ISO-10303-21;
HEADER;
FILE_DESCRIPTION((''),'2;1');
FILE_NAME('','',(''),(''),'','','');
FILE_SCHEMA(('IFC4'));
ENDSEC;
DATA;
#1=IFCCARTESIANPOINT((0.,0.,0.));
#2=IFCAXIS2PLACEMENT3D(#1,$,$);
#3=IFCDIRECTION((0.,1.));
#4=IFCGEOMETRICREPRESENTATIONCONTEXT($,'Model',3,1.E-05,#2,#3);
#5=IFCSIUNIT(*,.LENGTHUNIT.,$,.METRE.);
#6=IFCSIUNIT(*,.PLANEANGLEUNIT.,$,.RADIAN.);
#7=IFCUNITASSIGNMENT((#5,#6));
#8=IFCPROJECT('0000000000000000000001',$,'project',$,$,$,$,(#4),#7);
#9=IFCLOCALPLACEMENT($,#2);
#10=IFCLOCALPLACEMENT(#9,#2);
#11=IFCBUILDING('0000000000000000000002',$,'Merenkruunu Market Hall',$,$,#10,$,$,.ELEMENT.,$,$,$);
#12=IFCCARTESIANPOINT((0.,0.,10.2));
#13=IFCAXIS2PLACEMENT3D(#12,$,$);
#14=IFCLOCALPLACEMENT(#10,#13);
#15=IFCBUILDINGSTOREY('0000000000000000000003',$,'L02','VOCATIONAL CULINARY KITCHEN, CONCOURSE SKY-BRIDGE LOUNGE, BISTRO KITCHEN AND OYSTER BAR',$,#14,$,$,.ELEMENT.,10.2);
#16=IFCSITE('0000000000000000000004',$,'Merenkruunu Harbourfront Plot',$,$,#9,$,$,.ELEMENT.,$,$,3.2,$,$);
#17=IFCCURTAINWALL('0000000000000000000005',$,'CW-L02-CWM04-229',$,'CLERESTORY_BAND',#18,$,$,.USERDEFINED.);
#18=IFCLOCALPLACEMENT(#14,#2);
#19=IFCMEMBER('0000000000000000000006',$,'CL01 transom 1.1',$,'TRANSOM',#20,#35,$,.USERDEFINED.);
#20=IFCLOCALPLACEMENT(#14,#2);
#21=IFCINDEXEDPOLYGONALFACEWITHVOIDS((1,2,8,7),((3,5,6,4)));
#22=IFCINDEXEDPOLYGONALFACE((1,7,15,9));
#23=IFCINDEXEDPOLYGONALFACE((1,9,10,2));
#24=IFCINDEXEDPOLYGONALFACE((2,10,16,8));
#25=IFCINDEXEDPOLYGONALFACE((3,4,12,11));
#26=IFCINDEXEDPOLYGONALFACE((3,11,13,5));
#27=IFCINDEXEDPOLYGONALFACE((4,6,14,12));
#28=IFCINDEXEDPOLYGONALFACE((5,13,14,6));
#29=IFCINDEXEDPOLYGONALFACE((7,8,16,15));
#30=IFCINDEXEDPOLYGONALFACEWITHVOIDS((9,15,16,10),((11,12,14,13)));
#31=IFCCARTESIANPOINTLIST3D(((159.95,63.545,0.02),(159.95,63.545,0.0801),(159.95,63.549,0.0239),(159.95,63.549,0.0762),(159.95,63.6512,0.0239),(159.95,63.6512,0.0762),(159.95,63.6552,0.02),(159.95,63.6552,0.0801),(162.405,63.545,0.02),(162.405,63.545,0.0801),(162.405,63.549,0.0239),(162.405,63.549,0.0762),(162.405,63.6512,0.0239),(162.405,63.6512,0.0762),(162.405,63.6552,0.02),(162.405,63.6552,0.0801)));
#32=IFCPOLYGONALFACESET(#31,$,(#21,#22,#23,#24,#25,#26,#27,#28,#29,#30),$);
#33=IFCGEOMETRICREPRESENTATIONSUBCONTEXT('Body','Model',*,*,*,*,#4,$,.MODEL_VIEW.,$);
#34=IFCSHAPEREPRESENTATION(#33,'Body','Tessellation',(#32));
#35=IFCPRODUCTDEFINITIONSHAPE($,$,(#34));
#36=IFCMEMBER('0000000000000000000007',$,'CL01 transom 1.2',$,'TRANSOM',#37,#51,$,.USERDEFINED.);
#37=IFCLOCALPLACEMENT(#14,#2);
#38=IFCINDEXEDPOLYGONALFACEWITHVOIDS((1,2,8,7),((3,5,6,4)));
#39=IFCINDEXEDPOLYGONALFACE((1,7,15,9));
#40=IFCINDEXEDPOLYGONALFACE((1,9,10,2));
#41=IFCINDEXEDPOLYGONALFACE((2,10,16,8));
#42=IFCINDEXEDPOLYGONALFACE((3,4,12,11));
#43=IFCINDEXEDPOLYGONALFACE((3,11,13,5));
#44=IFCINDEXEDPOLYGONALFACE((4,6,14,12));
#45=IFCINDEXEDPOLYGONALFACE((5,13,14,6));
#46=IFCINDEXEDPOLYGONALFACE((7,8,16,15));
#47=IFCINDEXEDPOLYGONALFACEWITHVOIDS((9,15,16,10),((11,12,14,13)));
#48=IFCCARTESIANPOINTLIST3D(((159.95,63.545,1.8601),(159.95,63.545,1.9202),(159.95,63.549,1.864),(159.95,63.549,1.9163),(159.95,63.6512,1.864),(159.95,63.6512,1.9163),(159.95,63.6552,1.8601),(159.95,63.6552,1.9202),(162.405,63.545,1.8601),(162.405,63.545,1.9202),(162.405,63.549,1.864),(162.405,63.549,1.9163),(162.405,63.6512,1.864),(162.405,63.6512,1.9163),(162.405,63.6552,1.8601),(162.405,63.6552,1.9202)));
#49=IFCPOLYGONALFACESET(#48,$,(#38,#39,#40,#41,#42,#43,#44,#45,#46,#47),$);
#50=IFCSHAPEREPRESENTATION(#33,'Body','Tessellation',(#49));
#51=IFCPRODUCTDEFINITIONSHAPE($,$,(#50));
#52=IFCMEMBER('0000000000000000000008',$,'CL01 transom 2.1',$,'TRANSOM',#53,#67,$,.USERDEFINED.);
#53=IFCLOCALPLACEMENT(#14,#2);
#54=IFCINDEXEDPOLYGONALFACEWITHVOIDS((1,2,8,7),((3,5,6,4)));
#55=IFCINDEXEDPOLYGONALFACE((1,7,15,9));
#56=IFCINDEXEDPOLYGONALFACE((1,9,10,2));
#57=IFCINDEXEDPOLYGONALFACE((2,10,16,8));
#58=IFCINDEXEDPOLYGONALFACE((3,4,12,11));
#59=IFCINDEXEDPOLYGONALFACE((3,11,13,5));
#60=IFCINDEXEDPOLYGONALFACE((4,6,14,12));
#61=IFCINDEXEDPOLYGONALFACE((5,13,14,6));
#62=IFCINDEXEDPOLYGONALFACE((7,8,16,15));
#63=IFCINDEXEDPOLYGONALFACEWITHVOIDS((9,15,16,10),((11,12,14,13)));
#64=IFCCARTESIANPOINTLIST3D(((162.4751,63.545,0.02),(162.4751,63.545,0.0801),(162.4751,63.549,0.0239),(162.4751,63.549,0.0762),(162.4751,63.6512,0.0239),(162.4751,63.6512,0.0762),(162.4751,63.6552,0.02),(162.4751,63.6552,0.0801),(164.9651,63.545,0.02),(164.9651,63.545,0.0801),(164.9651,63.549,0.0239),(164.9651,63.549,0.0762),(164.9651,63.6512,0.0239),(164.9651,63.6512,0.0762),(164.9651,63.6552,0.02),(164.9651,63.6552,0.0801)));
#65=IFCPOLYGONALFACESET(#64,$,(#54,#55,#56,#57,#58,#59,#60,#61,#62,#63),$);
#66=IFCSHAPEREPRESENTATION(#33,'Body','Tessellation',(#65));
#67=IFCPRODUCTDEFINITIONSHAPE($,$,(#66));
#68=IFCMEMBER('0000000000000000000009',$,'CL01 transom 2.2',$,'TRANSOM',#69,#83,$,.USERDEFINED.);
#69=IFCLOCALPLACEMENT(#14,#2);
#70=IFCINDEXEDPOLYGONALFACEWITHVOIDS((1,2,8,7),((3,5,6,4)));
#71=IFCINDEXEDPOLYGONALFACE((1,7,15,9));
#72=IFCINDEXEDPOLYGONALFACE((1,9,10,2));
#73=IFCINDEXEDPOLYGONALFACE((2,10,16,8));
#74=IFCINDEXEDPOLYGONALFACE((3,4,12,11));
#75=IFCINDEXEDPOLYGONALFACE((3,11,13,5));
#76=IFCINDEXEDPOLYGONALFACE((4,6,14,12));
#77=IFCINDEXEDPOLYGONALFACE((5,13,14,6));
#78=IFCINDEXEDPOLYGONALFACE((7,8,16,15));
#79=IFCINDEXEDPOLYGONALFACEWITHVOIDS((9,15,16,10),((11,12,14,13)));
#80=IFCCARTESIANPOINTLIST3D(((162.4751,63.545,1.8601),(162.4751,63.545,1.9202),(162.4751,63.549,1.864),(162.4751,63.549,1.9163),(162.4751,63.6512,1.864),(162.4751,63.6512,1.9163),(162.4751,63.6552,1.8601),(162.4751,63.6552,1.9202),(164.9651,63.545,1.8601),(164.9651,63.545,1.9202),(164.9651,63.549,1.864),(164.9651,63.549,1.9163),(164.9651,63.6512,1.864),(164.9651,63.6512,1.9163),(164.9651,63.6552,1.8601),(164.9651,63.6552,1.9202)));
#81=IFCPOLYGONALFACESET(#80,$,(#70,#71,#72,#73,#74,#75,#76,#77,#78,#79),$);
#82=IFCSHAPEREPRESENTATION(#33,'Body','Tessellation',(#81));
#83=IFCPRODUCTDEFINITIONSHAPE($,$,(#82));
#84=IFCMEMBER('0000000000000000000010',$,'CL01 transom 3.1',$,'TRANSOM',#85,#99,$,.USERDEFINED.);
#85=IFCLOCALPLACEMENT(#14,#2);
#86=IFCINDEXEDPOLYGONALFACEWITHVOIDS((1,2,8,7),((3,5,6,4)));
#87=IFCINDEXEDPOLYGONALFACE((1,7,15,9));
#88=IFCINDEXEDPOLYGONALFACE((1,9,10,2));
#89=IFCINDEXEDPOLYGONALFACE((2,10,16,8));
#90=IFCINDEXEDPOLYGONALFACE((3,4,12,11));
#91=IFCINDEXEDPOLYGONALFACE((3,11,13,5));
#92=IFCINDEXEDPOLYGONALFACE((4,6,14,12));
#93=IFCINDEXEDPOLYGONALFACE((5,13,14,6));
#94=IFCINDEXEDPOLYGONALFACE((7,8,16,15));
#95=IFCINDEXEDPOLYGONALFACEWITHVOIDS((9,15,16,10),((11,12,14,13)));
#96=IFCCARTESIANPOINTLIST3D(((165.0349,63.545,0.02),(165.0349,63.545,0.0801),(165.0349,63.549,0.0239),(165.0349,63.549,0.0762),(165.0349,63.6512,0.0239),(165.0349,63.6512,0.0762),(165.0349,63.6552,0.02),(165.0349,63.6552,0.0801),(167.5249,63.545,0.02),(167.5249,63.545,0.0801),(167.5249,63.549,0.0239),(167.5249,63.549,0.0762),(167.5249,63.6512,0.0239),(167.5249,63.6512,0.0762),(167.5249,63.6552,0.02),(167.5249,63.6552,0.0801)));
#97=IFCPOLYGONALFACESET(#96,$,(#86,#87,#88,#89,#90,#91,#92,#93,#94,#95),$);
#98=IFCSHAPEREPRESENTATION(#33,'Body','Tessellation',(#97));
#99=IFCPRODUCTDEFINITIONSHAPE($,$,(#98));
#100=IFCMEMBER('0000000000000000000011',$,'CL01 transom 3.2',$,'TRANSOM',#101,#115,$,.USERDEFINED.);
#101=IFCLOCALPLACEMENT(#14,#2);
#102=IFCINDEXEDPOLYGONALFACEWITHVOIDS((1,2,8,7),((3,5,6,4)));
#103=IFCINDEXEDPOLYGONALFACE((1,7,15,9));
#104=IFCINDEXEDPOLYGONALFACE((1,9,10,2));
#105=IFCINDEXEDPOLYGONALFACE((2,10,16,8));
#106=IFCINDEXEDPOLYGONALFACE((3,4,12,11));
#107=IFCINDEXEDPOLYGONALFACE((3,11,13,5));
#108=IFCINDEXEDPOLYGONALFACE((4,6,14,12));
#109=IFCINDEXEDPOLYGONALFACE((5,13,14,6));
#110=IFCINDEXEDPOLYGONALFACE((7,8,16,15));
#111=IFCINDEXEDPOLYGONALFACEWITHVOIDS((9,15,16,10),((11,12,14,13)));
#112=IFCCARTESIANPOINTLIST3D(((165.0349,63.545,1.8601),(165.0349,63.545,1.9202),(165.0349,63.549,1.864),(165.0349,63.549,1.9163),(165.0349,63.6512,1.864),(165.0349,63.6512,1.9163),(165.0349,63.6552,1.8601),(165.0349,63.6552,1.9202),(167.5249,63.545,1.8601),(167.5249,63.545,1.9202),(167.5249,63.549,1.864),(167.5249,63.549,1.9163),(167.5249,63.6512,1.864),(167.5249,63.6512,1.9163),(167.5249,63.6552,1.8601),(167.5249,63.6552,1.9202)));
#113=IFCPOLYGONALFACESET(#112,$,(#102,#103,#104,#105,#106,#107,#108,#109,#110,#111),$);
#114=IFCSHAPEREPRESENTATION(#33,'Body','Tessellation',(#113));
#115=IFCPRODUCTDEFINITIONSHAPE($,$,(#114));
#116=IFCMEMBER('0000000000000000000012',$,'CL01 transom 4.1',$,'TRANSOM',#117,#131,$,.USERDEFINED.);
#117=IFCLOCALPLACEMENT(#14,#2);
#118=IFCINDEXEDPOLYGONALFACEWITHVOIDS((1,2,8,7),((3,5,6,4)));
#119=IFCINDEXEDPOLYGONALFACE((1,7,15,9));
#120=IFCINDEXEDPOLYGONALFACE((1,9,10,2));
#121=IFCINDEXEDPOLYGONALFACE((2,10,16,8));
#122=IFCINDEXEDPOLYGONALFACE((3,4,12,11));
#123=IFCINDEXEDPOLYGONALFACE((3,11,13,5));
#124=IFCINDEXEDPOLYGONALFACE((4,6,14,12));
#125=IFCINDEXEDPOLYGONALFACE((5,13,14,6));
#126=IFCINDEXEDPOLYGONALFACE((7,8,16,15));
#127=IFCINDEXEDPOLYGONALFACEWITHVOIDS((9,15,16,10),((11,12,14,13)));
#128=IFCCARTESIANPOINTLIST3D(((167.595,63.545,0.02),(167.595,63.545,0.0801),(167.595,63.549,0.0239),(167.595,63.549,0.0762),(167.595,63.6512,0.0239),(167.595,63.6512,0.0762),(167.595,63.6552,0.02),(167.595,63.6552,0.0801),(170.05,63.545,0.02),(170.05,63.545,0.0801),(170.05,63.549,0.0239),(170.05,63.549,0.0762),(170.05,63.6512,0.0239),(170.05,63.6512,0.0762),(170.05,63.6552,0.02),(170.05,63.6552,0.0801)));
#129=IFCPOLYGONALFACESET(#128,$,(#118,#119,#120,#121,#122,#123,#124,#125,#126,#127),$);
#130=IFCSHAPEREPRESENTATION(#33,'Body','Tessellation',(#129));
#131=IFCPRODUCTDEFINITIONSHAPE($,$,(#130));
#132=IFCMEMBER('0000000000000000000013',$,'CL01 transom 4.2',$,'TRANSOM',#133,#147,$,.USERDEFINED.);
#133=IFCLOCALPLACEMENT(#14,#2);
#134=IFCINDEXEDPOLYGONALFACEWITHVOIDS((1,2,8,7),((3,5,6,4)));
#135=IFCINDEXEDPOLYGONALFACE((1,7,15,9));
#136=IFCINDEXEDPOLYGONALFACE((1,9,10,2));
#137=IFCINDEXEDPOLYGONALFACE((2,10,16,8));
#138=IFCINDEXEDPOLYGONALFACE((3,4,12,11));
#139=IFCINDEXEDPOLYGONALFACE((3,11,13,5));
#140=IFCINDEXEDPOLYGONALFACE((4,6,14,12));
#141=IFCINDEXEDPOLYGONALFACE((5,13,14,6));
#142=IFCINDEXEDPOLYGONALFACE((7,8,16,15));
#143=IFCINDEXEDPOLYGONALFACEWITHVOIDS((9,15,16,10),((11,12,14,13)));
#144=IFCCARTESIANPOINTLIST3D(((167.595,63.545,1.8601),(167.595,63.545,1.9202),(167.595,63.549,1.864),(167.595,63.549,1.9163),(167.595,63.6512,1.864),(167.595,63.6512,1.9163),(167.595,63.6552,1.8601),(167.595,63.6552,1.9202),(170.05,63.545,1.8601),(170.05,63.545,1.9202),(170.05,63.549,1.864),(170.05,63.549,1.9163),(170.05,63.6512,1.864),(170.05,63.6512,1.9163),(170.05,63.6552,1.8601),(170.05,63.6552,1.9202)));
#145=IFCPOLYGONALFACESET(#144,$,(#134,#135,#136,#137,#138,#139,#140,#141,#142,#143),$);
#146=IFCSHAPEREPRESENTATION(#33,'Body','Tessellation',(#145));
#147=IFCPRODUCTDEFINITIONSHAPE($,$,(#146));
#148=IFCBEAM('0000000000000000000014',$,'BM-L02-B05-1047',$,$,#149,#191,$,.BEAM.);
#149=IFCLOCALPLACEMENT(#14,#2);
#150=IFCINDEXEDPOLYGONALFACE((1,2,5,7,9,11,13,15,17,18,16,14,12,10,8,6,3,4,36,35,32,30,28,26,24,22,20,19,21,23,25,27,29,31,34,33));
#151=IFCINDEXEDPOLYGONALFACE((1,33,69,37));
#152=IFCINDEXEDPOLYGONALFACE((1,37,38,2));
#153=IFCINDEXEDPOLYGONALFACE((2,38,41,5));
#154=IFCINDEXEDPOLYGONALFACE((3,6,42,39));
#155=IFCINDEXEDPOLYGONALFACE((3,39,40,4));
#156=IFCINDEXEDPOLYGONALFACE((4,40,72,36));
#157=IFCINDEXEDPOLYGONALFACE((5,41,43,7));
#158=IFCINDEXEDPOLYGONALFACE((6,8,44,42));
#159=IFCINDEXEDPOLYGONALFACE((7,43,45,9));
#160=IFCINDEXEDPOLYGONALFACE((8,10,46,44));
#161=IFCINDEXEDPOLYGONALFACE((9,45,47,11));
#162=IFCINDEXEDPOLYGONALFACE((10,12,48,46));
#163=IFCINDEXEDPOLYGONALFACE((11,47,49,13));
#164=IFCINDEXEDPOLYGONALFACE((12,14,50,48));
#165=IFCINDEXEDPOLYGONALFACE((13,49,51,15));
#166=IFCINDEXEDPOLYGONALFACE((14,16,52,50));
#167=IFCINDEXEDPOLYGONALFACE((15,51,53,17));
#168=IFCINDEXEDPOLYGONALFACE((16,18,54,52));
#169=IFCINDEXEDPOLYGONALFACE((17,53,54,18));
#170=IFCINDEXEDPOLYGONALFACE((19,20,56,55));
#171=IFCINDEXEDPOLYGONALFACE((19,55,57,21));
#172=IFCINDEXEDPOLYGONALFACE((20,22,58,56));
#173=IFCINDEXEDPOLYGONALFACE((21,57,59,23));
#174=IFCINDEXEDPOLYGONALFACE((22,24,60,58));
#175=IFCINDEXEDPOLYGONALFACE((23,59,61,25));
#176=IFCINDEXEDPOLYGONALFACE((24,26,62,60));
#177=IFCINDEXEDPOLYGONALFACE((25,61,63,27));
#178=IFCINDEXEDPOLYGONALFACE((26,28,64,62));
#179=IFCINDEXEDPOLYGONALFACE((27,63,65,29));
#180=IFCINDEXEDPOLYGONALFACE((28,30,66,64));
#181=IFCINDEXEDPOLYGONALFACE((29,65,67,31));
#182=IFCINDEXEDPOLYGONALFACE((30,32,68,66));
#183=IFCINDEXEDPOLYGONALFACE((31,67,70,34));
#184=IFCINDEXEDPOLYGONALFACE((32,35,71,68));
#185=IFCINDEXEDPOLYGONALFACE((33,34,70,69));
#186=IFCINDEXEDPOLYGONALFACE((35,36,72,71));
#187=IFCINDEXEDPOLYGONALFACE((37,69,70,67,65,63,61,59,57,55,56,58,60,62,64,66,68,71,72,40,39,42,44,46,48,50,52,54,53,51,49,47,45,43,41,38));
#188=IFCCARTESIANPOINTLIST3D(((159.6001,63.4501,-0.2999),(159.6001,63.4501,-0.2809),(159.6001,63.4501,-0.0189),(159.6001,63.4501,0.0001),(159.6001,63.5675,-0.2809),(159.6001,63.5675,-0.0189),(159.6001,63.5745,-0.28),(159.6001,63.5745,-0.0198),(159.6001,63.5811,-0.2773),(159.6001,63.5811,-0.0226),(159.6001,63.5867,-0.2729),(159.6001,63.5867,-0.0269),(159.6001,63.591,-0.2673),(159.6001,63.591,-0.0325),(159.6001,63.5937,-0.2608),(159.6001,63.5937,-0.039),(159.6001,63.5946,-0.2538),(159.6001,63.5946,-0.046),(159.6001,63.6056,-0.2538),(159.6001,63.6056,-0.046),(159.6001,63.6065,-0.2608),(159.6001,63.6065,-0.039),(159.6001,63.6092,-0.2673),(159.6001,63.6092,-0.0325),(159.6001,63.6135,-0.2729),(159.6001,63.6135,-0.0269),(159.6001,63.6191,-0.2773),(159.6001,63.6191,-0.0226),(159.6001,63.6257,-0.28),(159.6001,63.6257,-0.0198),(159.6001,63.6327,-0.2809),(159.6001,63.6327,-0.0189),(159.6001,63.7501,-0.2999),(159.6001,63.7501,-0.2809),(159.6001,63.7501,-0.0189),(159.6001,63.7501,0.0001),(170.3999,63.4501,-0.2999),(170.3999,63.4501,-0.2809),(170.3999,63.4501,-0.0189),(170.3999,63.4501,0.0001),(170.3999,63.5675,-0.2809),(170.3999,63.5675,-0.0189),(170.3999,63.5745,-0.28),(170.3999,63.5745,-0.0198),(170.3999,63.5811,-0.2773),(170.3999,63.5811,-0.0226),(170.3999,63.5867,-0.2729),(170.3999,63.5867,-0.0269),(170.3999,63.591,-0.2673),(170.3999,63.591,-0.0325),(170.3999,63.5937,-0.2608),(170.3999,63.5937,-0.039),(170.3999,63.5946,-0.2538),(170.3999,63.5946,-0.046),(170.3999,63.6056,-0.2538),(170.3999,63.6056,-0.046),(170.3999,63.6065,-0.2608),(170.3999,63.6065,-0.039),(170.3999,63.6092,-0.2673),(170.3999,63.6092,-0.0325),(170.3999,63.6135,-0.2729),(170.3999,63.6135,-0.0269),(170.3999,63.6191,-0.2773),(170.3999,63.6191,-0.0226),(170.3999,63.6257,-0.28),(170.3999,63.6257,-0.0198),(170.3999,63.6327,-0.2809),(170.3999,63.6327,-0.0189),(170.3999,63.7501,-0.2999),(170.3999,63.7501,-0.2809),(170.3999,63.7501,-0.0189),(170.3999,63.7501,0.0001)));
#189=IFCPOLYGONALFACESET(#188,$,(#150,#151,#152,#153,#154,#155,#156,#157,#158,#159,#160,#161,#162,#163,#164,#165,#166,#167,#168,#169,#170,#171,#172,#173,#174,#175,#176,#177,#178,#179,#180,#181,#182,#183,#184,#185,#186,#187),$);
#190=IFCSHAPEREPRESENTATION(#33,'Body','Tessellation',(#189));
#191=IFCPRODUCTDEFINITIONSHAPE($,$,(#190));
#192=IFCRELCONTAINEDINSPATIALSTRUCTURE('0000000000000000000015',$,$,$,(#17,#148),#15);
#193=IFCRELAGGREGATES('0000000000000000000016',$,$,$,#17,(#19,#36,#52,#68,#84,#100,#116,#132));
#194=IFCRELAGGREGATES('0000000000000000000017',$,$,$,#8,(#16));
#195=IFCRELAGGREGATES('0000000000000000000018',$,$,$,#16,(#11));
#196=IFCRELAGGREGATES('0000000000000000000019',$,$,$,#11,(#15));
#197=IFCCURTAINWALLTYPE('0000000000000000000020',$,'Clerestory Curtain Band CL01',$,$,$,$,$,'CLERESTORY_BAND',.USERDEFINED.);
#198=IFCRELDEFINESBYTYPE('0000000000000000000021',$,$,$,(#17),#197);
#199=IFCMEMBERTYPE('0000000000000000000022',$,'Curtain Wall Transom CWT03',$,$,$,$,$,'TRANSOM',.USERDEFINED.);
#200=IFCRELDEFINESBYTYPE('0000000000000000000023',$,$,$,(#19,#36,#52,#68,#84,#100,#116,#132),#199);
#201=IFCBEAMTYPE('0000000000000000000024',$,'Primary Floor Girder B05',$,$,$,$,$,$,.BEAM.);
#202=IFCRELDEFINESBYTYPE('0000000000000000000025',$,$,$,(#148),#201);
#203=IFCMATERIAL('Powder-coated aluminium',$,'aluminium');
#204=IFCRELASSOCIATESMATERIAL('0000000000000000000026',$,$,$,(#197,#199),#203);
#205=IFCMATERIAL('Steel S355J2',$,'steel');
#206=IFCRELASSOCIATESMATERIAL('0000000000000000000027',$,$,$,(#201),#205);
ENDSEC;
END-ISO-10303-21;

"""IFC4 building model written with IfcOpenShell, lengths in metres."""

from ifc_helpers import new_model, si_unit, direction, frame, origin, origin_2d, place, context, subcontext, project, spatial, hollow_rectangle, i_section, extrude, material, material_profile, profile_set, type_object, element, aggregate, save


model = new_model("IFC4")

# Units and contexts
model_context = context("Model", 3, precision=1e-05, world=origin(), true_north=direction((0.0, 1.0)))
body_context = subcontext(model_context, "Body", "Model", "MODEL_VIEW")
ifc_project = project(units=[si_unit("LENGTHUNIT", "METRE"), si_unit("PLANEANGLEUNIT", "RADIAN")], contexts=[model_context])

# Site, building, storey
site_placement = place(None, origin())
site = spatial("IfcSite", under=ifc_project, at=site_placement, Name="Merenkruunu Harbourfront Plot", CompositionType="ELEMENT", RefElevation=3.2)
building_placement = place(site_placement, origin())
building = spatial("IfcBuilding", under=site, at=building_placement, Name="Merenkruunu Market Hall", CompositionType="ELEMENT")
storey_placement = place(building_placement, frame((0.0, 0.0, 10.2)))
storey = spatial("IfcBuildingStorey", under=building, at=storey_placement, Name="L02", Description="VOCATIONAL CULINARY KITCHEN, CONCOURSE SKY-BRIDGE LOUNGE, BISTRO KITCHEN AND OYSTER BAR", CompositionType="ELEMENT", Elevation=10.2)

# Shared definitions
ifc_material_1 = material(Name="Steel S355J2", Category="steel")

# Shared definitions
ifc_material_2 = material(Name="Powder-coated aluminium", Category="aluminium")
curtain_wall_type = type_object("IfcCurtainWallType", Name="Clerestory Curtain Band CL01", ElementType="CLERESTORY_BAND", PredefinedType="USERDEFINED", material=ifc_material_2)

# Curtain wall, members
curtain_wall_1_placement = place(storey_placement, origin())
curtain_wall_1 = element("IfcCurtainWall", 1, at=curtain_wall_1_placement, inside=storey, type_object=curtain_wall_type, Name="CW-L02-CWM04-229", ObjectType="CLERESTORY_BAND", PredefinedType="USERDEFINED")
ifc_material_profile_1 = material_profile(ifc_material_2, hollow_rectangle(XDim=0.0601, YDim=0.1101, WallThickness=0.0039, at=origin_2d()), Name="ALU 60x110x4")
ifc_profile_set_1 = profile_set([ifc_material_profile_1], Name="Powder-coated aluminium")
member_type_1 = type_object("IfcMemberType", Name="Curtain Wall Transom CWT03", ElementType="TRANSOM", PredefinedType="USERDEFINED", material=ifc_profile_set_1)
member_1_placement = place(storey_placement, frame((159.95, 63.6001, 0.05), z_axis=(1.0, 0.0, 0.0), x_axis=(0.0, 0.0, 1.0)))
member_1 = element("IfcMember", 2, at=member_1_placement, type_object=member_type_1, Name="CL01 transom 1.1", ObjectType="TRANSOM", PredefinedType="USERDEFINED", context=body_context, shape_type="SweptSolid", body=[
    extrude(hollow_rectangle(XDim=0.0601, YDim=0.1101, WallThickness=0.0039, at=origin_2d()), origin(), (0.0, 0.0, 1.0), 2.4551),
])
member_2_placement = place(storey_placement, frame((159.95, 63.6001, 1.8901), z_axis=(1.0, 0.0, 0.0), x_axis=(0.0, 0.0, 1.0)))
member_2 = element("IfcMember", 3, at=member_2_placement, type_object=member_type_1, Name="CL01 transom 1.2", ObjectType="TRANSOM", PredefinedType="USERDEFINED", context=body_context, shape_type="SweptSolid", body=[
    extrude(hollow_rectangle(XDim=0.0601, YDim=0.1101, WallThickness=0.0039, at=origin_2d()), origin(), (0.0, 0.0, 1.0), 2.4551),
])
member_3_placement = place(storey_placement, frame((162.4751, 63.6001, 0.05), z_axis=(1.0, 0.0, 0.0), x_axis=(0.0, 0.0, 1.0)))
member_3 = element("IfcMember", 4, at=member_3_placement, type_object=member_type_1, Name="CL01 transom 2.1", ObjectType="TRANSOM", PredefinedType="USERDEFINED", context=body_context, shape_type="SweptSolid", body=[
    extrude(hollow_rectangle(XDim=0.0601, YDim=0.1101, WallThickness=0.0039, at=origin_2d()), origin(), (0.0, 0.0, 1.0), 2.49),
])
member_4_placement = place(storey_placement, frame((162.4751, 63.6001, 1.8901), z_axis=(1.0, 0.0, 0.0), x_axis=(0.0, 0.0, 1.0)))
member_4 = element("IfcMember", 5, at=member_4_placement, type_object=member_type_1, Name="CL01 transom 2.2", ObjectType="TRANSOM", PredefinedType="USERDEFINED", context=body_context, shape_type="SweptSolid", body=[
    extrude(hollow_rectangle(XDim=0.0601, YDim=0.1101, WallThickness=0.0039, at=origin_2d()), origin(), (0.0, 0.0, 1.0), 2.49),
])
member_5_placement = place(storey_placement, frame((165.0349, 63.6001, 0.05), z_axis=(1.0, 0.0, 0.0), x_axis=(0.0, 0.0, 1.0)))
member_5 = element("IfcMember", 6, at=member_5_placement, type_object=member_type_1, Name="CL01 transom 3.1", ObjectType="TRANSOM", PredefinedType="USERDEFINED", context=body_context, shape_type="SweptSolid", body=[
    extrude(hollow_rectangle(XDim=0.0601, YDim=0.1101, WallThickness=0.0039, at=origin_2d()), origin(), (0.0, 0.0, 1.0), 2.49),
])
member_6_placement = place(storey_placement, frame((165.0349, 63.6001, 1.8901), z_axis=(1.0, 0.0, 0.0), x_axis=(0.0, 0.0, 1.0)))
member_6 = element("IfcMember", 7, at=member_6_placement, type_object=member_type_1, Name="CL01 transom 3.2", ObjectType="TRANSOM", PredefinedType="USERDEFINED", context=body_context, shape_type="SweptSolid", body=[
    extrude(hollow_rectangle(XDim=0.0601, YDim=0.1101, WallThickness=0.0039, at=origin_2d()), origin(), (0.0, 0.0, 1.0), 2.49),
])
member_7_placement = place(storey_placement, frame((167.595, 63.6001, 0.05), z_axis=(1.0, 0.0, 0.0), x_axis=(0.0, 0.0, 1.0)))
member_7 = element("IfcMember", 8, at=member_7_placement, type_object=member_type_1, Name="CL01 transom 4.1", ObjectType="TRANSOM", PredefinedType="USERDEFINED", context=body_context, shape_type="SweptSolid", body=[
    extrude(hollow_rectangle(XDim=0.0601, YDim=0.1101, WallThickness=0.0039, at=origin_2d()), origin(), (0.0, 0.0, 1.0), 2.4551),
])
member_8_placement = place(storey_placement, frame((167.595, 63.6001, 1.8901), z_axis=(1.0, 0.0, 0.0), x_axis=(0.0, 0.0, 1.0)))
member_8 = element("IfcMember", 9, at=member_8_placement, type_object=member_type_1, Name="CL01 transom 4.2", ObjectType="TRANSOM", PredefinedType="USERDEFINED", context=body_context, shape_type="SweptSolid", body=[
    extrude(hollow_rectangle(XDim=0.0601, YDim=0.1101, WallThickness=0.0039, at=origin_2d()), origin(), (0.0, 0.0, 1.0), 2.4551),
])

# Beam
ifc_material_profile_2 = material_profile(ifc_material_1, i_section(OverallWidth=0.3, OverallDepth=0.3, WebThickness=0.011, FlangeThickness=0.019, FilletRadius=0.0271, at=origin_2d()), Name="HEB 300")
ifc_profile_set_2 = profile_set([ifc_material_profile_2], Name="Steel S355J2")
beam_type = type_object("IfcBeamType", Name="Primary Floor Girder B05", PredefinedType="BEAM", material=ifc_profile_set_2)
beam_1_placement = place(storey_placement, frame((159.6001, 63.6001, -0.1499), z_axis=(1.0, 0.0, 0.0), x_axis=(0.0, 1.0, 0.0)))
element("IfcBeam", 10, at=beam_1_placement, inside=storey, type_object=beam_type, Name="BM-L02-B05-1047", PredefinedType="BEAM", context=body_context, shape_type="SweptSolid", body=[
    extrude(i_section(OverallWidth=0.3, OverallDepth=0.3, WebThickness=0.011, FlangeThickness=0.019, FilletRadius=0.0271, at=origin_2d()), origin(), (0.0, 0.0, 1.0), 10.7998),
])

aggregate(curtain_wall_1, [member_1, member_2, member_3, member_4, member_5, member_6, member_7, member_8])

save(model, "model.ifc")
